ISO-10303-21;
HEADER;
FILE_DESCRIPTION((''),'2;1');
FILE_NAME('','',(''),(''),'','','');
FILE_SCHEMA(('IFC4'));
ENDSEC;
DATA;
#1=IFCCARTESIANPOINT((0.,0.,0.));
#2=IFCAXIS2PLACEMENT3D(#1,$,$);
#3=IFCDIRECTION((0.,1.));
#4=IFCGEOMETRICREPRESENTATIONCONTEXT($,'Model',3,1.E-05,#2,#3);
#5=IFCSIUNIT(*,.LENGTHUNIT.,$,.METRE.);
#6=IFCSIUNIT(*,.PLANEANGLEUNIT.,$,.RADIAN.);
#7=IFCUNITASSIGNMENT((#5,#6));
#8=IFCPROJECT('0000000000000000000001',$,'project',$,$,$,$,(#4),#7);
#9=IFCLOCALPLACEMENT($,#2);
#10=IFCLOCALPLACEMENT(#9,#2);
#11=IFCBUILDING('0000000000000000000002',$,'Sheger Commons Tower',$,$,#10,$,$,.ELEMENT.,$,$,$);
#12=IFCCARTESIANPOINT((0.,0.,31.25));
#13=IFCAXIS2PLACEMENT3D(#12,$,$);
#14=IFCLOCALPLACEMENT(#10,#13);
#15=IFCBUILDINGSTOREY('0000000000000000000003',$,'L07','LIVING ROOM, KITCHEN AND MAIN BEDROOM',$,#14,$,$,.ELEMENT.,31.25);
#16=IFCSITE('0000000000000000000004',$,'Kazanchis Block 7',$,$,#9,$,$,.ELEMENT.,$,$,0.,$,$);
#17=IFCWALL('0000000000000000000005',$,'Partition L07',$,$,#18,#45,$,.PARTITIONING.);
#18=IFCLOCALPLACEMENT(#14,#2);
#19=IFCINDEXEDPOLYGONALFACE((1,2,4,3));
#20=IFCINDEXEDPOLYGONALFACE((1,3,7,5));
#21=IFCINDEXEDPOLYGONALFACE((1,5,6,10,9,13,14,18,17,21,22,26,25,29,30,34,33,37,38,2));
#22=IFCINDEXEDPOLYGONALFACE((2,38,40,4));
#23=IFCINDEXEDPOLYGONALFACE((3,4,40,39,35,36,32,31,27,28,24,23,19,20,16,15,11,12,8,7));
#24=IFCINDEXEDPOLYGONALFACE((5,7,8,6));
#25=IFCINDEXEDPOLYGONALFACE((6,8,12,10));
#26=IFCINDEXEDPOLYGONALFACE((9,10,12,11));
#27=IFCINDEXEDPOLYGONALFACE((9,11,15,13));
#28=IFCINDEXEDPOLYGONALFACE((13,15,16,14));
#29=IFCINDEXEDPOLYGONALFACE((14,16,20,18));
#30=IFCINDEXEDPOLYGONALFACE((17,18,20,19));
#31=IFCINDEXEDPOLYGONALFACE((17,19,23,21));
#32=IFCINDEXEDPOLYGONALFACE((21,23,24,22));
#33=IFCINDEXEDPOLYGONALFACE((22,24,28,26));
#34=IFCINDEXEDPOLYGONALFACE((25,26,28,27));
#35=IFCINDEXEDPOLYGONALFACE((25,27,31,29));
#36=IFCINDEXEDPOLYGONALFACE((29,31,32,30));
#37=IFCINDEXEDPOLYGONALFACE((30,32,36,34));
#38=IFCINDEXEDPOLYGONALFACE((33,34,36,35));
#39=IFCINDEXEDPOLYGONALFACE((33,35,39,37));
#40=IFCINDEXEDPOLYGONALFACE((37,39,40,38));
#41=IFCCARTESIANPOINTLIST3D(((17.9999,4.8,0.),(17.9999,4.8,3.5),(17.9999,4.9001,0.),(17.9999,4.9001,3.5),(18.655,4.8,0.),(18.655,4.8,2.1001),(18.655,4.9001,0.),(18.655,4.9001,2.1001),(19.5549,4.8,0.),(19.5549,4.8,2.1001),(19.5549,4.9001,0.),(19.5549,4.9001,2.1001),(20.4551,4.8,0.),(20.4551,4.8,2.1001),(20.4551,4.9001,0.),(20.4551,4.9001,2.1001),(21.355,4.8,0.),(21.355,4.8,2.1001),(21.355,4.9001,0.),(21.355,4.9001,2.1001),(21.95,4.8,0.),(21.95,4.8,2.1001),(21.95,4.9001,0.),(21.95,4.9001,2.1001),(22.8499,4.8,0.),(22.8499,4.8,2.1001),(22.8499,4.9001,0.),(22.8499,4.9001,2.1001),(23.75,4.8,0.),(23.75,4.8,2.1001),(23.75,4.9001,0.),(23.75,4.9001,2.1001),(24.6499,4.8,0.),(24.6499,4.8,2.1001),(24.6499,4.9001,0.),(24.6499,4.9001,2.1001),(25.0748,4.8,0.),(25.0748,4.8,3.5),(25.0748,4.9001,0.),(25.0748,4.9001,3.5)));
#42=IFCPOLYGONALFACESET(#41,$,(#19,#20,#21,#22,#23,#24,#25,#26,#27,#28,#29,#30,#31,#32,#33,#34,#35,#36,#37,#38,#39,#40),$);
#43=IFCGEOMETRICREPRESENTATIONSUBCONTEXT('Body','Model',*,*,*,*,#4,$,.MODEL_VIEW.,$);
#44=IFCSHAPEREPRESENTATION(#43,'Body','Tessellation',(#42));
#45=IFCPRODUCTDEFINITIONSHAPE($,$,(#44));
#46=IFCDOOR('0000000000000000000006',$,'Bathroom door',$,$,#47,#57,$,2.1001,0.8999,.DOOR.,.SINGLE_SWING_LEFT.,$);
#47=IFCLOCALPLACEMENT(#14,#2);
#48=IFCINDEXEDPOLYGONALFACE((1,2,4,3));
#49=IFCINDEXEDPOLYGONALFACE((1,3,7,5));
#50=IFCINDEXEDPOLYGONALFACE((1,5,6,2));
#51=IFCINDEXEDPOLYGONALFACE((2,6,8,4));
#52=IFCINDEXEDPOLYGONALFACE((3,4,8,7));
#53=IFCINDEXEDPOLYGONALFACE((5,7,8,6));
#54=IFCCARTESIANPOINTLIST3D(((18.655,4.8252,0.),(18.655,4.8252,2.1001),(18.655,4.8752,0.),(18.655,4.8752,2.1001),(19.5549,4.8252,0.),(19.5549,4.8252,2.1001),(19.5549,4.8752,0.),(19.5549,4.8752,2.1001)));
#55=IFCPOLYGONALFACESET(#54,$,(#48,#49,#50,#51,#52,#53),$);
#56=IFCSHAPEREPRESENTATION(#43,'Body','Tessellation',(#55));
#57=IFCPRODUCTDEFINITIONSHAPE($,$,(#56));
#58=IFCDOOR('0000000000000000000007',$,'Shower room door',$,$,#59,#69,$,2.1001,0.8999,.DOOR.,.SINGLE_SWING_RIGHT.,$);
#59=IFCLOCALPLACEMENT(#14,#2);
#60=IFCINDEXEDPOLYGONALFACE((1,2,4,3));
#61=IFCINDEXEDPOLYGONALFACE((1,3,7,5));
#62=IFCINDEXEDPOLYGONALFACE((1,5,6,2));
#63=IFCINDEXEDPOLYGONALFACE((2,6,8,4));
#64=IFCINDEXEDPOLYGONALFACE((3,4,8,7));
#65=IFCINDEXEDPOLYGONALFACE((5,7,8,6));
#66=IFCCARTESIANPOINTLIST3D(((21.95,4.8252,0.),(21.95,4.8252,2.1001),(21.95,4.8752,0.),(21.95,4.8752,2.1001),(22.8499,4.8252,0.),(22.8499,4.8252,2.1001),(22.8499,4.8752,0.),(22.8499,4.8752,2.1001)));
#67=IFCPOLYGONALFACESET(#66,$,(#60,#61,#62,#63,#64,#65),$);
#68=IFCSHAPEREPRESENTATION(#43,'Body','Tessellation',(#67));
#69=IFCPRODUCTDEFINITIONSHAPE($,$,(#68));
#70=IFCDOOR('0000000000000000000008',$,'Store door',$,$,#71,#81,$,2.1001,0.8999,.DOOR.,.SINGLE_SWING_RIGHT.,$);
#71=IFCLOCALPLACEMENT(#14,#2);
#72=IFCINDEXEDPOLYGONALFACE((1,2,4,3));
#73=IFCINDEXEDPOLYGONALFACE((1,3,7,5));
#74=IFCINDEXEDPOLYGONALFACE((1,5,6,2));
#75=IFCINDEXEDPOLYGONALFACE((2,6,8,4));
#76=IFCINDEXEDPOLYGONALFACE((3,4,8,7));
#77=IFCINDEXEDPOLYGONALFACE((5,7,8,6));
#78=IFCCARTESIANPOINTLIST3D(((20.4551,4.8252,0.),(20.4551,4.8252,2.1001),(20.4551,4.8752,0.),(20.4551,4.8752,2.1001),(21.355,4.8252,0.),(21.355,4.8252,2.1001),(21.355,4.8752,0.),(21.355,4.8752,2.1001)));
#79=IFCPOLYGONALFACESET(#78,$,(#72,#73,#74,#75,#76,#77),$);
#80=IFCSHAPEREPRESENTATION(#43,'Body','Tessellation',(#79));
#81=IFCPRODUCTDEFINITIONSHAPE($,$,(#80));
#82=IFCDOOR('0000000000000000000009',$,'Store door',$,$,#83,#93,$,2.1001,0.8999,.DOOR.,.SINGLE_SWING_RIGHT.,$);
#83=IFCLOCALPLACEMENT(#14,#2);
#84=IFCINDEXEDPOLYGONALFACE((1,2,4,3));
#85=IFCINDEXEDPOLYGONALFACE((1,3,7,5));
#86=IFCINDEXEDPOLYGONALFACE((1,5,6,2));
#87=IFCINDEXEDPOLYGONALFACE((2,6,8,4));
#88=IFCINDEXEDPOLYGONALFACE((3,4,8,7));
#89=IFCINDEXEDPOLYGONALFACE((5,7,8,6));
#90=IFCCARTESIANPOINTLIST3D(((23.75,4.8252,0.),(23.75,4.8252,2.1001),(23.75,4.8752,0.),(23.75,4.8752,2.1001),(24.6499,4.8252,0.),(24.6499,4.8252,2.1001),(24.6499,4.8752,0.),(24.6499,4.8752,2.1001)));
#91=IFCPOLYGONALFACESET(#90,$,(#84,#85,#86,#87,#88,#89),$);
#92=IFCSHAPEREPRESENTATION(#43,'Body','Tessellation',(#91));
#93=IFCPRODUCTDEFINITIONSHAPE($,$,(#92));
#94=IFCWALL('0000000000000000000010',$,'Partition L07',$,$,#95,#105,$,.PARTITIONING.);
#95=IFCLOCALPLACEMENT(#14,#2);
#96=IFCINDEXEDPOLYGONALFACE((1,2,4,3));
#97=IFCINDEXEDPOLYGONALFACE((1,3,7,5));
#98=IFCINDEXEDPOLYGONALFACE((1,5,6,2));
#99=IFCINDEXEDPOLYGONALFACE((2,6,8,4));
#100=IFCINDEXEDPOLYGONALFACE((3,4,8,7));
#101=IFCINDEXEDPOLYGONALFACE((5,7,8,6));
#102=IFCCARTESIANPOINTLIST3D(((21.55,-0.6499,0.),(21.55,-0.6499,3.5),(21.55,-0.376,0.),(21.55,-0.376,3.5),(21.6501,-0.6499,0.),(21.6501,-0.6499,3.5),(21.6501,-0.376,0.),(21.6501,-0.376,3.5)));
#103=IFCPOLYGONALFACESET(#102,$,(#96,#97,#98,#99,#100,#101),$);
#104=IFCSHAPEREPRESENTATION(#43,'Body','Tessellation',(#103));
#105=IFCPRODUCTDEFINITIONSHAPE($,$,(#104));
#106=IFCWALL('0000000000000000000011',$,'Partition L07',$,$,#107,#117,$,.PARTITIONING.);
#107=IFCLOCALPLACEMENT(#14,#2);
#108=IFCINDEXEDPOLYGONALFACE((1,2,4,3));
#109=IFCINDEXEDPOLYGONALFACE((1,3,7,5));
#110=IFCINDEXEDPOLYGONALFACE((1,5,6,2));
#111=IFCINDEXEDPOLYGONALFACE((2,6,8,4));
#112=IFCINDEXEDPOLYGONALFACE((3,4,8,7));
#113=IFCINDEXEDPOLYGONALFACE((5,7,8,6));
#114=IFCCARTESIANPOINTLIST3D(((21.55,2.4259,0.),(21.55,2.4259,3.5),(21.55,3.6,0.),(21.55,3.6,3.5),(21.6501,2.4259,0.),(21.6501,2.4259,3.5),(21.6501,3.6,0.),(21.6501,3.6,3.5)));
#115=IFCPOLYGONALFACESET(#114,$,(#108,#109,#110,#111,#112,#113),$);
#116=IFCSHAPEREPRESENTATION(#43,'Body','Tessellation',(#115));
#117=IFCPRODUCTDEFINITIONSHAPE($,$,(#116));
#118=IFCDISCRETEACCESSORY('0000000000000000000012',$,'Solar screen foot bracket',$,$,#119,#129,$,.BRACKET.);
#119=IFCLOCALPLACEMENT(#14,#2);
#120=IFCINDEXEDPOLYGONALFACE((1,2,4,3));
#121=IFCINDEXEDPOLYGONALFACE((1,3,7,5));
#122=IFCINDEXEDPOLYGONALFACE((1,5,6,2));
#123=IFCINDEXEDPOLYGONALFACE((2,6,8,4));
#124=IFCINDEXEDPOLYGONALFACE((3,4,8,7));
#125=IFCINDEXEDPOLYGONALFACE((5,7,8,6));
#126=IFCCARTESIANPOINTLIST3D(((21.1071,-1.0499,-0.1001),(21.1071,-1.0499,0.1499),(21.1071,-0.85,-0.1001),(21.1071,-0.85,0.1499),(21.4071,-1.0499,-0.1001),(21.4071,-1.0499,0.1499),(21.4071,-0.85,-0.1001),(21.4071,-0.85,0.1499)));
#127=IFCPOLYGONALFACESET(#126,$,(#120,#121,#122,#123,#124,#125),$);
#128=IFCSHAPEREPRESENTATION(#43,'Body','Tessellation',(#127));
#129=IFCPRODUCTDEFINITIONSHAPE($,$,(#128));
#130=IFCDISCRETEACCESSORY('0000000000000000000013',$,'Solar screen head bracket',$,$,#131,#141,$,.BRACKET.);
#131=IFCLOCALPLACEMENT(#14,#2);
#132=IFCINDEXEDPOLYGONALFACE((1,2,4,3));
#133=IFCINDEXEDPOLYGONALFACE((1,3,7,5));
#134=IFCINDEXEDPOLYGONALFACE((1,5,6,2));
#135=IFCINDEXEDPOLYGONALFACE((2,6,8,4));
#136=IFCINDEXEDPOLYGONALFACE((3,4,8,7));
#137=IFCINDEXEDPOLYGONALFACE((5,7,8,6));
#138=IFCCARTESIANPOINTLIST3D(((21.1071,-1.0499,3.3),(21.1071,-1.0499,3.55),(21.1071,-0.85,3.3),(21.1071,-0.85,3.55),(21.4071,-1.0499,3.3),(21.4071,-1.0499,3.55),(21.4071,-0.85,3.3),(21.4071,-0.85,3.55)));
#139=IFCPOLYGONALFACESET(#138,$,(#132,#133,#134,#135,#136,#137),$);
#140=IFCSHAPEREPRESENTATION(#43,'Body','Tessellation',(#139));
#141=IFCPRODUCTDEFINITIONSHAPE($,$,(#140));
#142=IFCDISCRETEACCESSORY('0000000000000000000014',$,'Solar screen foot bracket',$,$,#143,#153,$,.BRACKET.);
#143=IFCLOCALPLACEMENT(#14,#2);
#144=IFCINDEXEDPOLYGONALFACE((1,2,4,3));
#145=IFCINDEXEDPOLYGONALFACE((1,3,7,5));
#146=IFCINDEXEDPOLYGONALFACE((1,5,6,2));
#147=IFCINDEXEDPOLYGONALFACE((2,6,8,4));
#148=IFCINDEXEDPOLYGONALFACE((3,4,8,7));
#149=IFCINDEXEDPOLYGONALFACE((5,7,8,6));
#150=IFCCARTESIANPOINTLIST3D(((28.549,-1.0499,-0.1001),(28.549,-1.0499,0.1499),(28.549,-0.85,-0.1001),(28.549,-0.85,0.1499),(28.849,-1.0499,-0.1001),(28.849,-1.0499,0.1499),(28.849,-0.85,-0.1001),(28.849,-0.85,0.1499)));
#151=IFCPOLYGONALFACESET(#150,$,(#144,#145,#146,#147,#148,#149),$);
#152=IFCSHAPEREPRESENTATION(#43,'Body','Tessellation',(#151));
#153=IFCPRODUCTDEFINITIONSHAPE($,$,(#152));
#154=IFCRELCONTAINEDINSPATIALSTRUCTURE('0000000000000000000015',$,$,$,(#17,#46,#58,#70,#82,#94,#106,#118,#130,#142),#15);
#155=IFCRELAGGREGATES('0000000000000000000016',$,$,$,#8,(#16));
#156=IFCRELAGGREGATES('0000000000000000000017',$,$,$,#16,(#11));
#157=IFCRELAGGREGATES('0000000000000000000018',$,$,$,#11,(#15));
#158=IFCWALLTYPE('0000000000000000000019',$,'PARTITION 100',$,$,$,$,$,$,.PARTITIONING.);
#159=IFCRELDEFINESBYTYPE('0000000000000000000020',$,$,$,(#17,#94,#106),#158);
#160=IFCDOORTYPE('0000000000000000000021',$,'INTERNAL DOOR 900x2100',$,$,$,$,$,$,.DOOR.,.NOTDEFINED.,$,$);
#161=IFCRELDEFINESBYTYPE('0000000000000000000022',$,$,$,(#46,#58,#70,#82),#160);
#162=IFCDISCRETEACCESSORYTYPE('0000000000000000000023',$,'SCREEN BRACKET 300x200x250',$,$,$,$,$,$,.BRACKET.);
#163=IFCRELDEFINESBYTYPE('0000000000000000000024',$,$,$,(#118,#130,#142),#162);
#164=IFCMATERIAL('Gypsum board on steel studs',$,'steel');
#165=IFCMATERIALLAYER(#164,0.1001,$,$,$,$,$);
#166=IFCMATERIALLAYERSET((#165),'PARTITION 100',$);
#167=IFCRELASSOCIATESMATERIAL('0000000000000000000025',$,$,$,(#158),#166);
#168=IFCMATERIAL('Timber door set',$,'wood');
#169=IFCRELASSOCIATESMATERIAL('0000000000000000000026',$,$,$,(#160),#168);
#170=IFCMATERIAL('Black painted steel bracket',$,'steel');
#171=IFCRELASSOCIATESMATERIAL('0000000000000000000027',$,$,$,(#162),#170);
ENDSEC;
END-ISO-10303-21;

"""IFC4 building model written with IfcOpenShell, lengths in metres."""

from ifc_helpers import new_model, si_unit, direction, frame, frame_2d, origin, origin_2d, place, context, subcontext, project, spatial, rectangle, extrude, material, layer, layer_set, type_object, element, fill, save


model = new_model("IFC4")

# Units and contexts
model_context = context("Model", 3, precision=1e-05, world=origin(), true_north=direction((0.0, 1.0)))
body_context = subcontext(model_context, "Body", "Model", "MODEL_VIEW")
ifc_project = project(units=[si_unit("LENGTHUNIT", "METRE"), si_unit("PLANEANGLEUNIT", "RADIAN")], contexts=[model_context])

# Site, building, storey
site_placement = place(None, origin())
site = spatial("IfcSite", under=ifc_project, at=site_placement, Name="Kazanchis Block 7", CompositionType="ELEMENT", RefElevation=0.0)
building_placement = place(site_placement, origin())
building = spatial("IfcBuilding", under=site, at=building_placement, Name="Sheger Commons Tower", CompositionType="ELEMENT")
storey_placement = place(building_placement, frame((0.0, 0.0, 31.25)))
storey = spatial("IfcBuildingStorey", under=building, at=storey_placement, Name="L07", Description="LIVING ROOM, KITCHEN AND MAIN BEDROOM", CompositionType="ELEMENT", Elevation=31.25)

# Wall, openings, doors
ifc_material_1 = material(Name="Gypsum board on steel studs", Category="steel")
ifc_layer_1 = layer(ifc_material_1, 0.1001)
ifc_layer_set_1 = layer_set([ifc_layer_1], Name="PARTITION 100")
wall_type_1 = type_object("IfcWallType", Name="PARTITION 100", PredefinedType="PARTITIONING", material=ifc_layer_set_1)
ifc_material_2 = material(Name="Timber door set", Category="wood")
door_type = type_object("IfcDoorType", Name="INTERNAL DOOR 900x2100", OperationType="NOTDEFINED", PredefinedType="DOOR", material=ifc_material_2)
wall_1_placement = place(storey_placement, frame((25.075, 4.8501, 0.0), z_axis=(0.0, 0.0, 1.0), x_axis=(-1.0, 0.0, 0.0)))
wall_1 = element("IfcWall", 1, at=wall_1_placement, inside=storey, type_object=wall_type_1, Name="Partition L07", PredefinedType="PARTITIONING", context=body_context, shape_type="SweptSolid", body=[
    extrude(rectangle(XDim=7.075, YDim=0.1001, at=frame_2d((3.5376, 0.0))), origin(), (0.0, 0.0, 1.0), 3.5),
])
opening_1_placement = place(wall_1_placement, frame((5.52, 0.0, 0.0)))
opening_1 = element("IfcOpeningElement", 2, at=opening_1_placement, cuts=wall_1, PredefinedType="OPENING", context=body_context, shape_type="SweptSolid", body=[
    extrude(rectangle(XDim=0.8999, YDim=2.1001, at=frame_2d((0.45, 1.05))), frame((0.0, 0.0601, 0.0), z_axis=(0.0, -1.0, 0.0), x_axis=(1.0, 0.0, 0.0)), (0.0, 0.0, 1.0), 0.1201),
])
opening_2_placement = place(wall_1_placement, frame((2.2251, 0.0, 0.0)))
opening_2 = element("IfcOpeningElement", 3, at=opening_2_placement, cuts=wall_1, PredefinedType="OPENING", context=body_context, shape_type="SweptSolid", body=[
    extrude(rectangle(XDim=0.8999, YDim=2.1001, at=frame_2d((0.45, 1.05))), frame((0.0, 0.0601, 0.0), z_axis=(0.0, -1.0, 0.0), x_axis=(1.0, 0.0, 0.0)), (0.0, 0.0, 1.0), 0.1201),
])
opening_3_placement = place(wall_1_placement, frame((3.72, 0.0, 0.0)))
opening_3 = element("IfcOpeningElement", 4, at=opening_3_placement, cuts=wall_1, PredefinedType="OPENING", context=body_context, shape_type="SweptSolid", body=[
    extrude(rectangle(XDim=0.8999, YDim=2.1001, at=frame_2d((0.45, 1.05))), frame((0.0, 0.0601, 0.0), z_axis=(0.0, -1.0, 0.0), x_axis=(1.0, 0.0, 0.0)), (0.0, 0.0, 1.0), 0.1201),
])
opening_4_placement = place(wall_1_placement, frame((0.425, 0.0, 0.0)))
opening_4 = element("IfcOpeningElement", 5, at=opening_4_placement, cuts=wall_1, PredefinedType="OPENING", context=body_context, shape_type="SweptSolid", body=[
    extrude(rectangle(XDim=0.8999, YDim=2.1001, at=frame_2d((0.45, 1.05))), frame((0.0, 0.0601, 0.0), z_axis=(0.0, -1.0, 0.0), x_axis=(1.0, 0.0, 0.0)), (0.0, 0.0, 1.0), 0.1201),
])
door_1_placement = place(opening_1_placement, origin())
door_1 = element("IfcDoor", 6, at=door_1_placement, inside=storey, type_object=door_type, Name="Bathroom door", OperationType="SINGLE_SWING_LEFT", OverallHeight=2.1001, OverallWidth=0.8999, PredefinedType="DOOR", context=body_context, shape_type="SweptSolid", body=[
    extrude(rectangle(XDim=0.8999, YDim=2.1001, at=frame_2d((0.45, 1.05))), frame((0.0, 0.0249, 0.0), z_axis=(0.0, -1.0, 0.0), x_axis=(1.0, 0.0, 0.0)), (0.0, 0.0, 1.0), 0.05),
])
fill(opening_1, door_1)
door_2_placement = place(opening_2_placement, origin())
door_2 = element("IfcDoor", 7, at=door_2_placement, inside=storey, type_object=door_type, Name="Shower room door", OperationType="SINGLE_SWING_RIGHT", OverallHeight=2.1001, OverallWidth=0.8999, PredefinedType="DOOR", context=body_context, shape_type="SweptSolid", body=[
    extrude(rectangle(XDim=0.8999, YDim=2.1001, at=frame_2d((0.45, 1.05))), frame((0.0, 0.0249, 0.0), z_axis=(0.0, -1.0, 0.0), x_axis=(1.0, 0.0, 0.0)), (0.0, 0.0, 1.0), 0.05),
])
fill(opening_2, door_2)
door_3_placement = place(opening_3_placement, origin())
door_3 = element("IfcDoor", 8, at=door_3_placement, inside=storey, type_object=door_type, Name="Store door", OperationType="SINGLE_SWING_RIGHT", OverallHeight=2.1001, OverallWidth=0.8999, PredefinedType="DOOR", context=body_context, shape_type="SweptSolid", body=[
    extrude(rectangle(XDim=0.8999, YDim=2.1001, at=frame_2d((0.45, 1.05))), frame((0.0, 0.0249, 0.0), z_axis=(0.0, -1.0, 0.0), x_axis=(1.0, 0.0, 0.0)), (0.0, 0.0, 1.0), 0.05),
])
fill(opening_3, door_3)
door_4_placement = place(opening_4_placement, origin())
door_4 = element("IfcDoor", 9, at=door_4_placement, inside=storey, type_object=door_type, Name="Store door", OperationType="SINGLE_SWING_RIGHT", OverallHeight=2.1001, OverallWidth=0.8999, PredefinedType="DOOR", context=body_context, shape_type="SweptSolid", body=[
    extrude(rectangle(XDim=0.8999, YDim=2.1001, at=frame_2d((0.45, 1.05))), frame((0.0, 0.0249, 0.0), z_axis=(0.0, -1.0, 0.0), x_axis=(1.0, 0.0, 0.0)), (0.0, 0.0, 1.0), 0.05),
])
fill(opening_4, door_4)

# Walls
wall_2_placement = place(storey_placement, frame((21.6001, -0.6499, 0.0), z_axis=(0.0, 0.0, 1.0), x_axis=(0.0, 1.0, 0.0)))
element("IfcWall", 10, at=wall_2_placement, inside=storey, type_object=wall_type_1, Name="Partition L07", PredefinedType="PARTITIONING", context=body_context, shape_type="SweptSolid", body=[
    extrude(rectangle(XDim=0.2739, YDim=0.1001, at=frame_2d((0.137, 0.0))), origin(), (0.0, 0.0, 1.0), 3.5),
])
wall_3_placement = place(storey_placement, frame((21.6001, 2.426, 0.0), z_axis=(0.0, 0.0, 1.0), x_axis=(0.0, 1.0, 0.0)))
element("IfcWall", 11, at=wall_3_placement, inside=storey, type_object=wall_type_1, Name="Partition L07", PredefinedType="PARTITIONING", context=body_context, shape_type="SweptSolid", body=[
    extrude(rectangle(XDim=1.1741, YDim=0.1001, at=frame_2d((0.5869, 0.0))), origin(), (0.0, 0.0, 1.0), 3.5),
])

# Discrete accessories
ifc_material_3 = material(Name="Black painted steel bracket", Category="steel")
discrete_accessory_type = type_object("IfcDiscreteAccessoryType", Name="SCREEN BRACKET 300x200x250", PredefinedType="BRACKET", material=ifc_material_3)
for number, where, z_axis, x_axis, name in (
    (12, (21.2571, -0.95, -0.1001), (0.0, 0.0, 1.0), (1.0, 0.0, 0.0), "Solar screen foot bracket"),
    (13, (21.2571, -0.95, 3.3), (0.0, 0.0, 1.0), (1.0, 0.0, 0.0), "Solar screen head bracket"),
    (14, (28.699, -0.95, -0.1001), (0.0, 0.0, 1.0), (1.0, 0.0, 0.0), "Solar screen foot bracket"),
):
    element("IfcDiscreteAccessory", number, at=place(storey_placement, frame(where, z_axis=z_axis, x_axis=x_axis)), inside=storey, type_object=discrete_accessory_type, Name=name, PredefinedType="BRACKET", context=body_context, shape_type="SweptSolid", body=[
        extrude(rectangle(XDim=0.3, YDim=0.2, at=origin_2d()), origin(), (0.0, 0.0, 1.0), 0.25),
    ])

save(model, "model.ifc")
